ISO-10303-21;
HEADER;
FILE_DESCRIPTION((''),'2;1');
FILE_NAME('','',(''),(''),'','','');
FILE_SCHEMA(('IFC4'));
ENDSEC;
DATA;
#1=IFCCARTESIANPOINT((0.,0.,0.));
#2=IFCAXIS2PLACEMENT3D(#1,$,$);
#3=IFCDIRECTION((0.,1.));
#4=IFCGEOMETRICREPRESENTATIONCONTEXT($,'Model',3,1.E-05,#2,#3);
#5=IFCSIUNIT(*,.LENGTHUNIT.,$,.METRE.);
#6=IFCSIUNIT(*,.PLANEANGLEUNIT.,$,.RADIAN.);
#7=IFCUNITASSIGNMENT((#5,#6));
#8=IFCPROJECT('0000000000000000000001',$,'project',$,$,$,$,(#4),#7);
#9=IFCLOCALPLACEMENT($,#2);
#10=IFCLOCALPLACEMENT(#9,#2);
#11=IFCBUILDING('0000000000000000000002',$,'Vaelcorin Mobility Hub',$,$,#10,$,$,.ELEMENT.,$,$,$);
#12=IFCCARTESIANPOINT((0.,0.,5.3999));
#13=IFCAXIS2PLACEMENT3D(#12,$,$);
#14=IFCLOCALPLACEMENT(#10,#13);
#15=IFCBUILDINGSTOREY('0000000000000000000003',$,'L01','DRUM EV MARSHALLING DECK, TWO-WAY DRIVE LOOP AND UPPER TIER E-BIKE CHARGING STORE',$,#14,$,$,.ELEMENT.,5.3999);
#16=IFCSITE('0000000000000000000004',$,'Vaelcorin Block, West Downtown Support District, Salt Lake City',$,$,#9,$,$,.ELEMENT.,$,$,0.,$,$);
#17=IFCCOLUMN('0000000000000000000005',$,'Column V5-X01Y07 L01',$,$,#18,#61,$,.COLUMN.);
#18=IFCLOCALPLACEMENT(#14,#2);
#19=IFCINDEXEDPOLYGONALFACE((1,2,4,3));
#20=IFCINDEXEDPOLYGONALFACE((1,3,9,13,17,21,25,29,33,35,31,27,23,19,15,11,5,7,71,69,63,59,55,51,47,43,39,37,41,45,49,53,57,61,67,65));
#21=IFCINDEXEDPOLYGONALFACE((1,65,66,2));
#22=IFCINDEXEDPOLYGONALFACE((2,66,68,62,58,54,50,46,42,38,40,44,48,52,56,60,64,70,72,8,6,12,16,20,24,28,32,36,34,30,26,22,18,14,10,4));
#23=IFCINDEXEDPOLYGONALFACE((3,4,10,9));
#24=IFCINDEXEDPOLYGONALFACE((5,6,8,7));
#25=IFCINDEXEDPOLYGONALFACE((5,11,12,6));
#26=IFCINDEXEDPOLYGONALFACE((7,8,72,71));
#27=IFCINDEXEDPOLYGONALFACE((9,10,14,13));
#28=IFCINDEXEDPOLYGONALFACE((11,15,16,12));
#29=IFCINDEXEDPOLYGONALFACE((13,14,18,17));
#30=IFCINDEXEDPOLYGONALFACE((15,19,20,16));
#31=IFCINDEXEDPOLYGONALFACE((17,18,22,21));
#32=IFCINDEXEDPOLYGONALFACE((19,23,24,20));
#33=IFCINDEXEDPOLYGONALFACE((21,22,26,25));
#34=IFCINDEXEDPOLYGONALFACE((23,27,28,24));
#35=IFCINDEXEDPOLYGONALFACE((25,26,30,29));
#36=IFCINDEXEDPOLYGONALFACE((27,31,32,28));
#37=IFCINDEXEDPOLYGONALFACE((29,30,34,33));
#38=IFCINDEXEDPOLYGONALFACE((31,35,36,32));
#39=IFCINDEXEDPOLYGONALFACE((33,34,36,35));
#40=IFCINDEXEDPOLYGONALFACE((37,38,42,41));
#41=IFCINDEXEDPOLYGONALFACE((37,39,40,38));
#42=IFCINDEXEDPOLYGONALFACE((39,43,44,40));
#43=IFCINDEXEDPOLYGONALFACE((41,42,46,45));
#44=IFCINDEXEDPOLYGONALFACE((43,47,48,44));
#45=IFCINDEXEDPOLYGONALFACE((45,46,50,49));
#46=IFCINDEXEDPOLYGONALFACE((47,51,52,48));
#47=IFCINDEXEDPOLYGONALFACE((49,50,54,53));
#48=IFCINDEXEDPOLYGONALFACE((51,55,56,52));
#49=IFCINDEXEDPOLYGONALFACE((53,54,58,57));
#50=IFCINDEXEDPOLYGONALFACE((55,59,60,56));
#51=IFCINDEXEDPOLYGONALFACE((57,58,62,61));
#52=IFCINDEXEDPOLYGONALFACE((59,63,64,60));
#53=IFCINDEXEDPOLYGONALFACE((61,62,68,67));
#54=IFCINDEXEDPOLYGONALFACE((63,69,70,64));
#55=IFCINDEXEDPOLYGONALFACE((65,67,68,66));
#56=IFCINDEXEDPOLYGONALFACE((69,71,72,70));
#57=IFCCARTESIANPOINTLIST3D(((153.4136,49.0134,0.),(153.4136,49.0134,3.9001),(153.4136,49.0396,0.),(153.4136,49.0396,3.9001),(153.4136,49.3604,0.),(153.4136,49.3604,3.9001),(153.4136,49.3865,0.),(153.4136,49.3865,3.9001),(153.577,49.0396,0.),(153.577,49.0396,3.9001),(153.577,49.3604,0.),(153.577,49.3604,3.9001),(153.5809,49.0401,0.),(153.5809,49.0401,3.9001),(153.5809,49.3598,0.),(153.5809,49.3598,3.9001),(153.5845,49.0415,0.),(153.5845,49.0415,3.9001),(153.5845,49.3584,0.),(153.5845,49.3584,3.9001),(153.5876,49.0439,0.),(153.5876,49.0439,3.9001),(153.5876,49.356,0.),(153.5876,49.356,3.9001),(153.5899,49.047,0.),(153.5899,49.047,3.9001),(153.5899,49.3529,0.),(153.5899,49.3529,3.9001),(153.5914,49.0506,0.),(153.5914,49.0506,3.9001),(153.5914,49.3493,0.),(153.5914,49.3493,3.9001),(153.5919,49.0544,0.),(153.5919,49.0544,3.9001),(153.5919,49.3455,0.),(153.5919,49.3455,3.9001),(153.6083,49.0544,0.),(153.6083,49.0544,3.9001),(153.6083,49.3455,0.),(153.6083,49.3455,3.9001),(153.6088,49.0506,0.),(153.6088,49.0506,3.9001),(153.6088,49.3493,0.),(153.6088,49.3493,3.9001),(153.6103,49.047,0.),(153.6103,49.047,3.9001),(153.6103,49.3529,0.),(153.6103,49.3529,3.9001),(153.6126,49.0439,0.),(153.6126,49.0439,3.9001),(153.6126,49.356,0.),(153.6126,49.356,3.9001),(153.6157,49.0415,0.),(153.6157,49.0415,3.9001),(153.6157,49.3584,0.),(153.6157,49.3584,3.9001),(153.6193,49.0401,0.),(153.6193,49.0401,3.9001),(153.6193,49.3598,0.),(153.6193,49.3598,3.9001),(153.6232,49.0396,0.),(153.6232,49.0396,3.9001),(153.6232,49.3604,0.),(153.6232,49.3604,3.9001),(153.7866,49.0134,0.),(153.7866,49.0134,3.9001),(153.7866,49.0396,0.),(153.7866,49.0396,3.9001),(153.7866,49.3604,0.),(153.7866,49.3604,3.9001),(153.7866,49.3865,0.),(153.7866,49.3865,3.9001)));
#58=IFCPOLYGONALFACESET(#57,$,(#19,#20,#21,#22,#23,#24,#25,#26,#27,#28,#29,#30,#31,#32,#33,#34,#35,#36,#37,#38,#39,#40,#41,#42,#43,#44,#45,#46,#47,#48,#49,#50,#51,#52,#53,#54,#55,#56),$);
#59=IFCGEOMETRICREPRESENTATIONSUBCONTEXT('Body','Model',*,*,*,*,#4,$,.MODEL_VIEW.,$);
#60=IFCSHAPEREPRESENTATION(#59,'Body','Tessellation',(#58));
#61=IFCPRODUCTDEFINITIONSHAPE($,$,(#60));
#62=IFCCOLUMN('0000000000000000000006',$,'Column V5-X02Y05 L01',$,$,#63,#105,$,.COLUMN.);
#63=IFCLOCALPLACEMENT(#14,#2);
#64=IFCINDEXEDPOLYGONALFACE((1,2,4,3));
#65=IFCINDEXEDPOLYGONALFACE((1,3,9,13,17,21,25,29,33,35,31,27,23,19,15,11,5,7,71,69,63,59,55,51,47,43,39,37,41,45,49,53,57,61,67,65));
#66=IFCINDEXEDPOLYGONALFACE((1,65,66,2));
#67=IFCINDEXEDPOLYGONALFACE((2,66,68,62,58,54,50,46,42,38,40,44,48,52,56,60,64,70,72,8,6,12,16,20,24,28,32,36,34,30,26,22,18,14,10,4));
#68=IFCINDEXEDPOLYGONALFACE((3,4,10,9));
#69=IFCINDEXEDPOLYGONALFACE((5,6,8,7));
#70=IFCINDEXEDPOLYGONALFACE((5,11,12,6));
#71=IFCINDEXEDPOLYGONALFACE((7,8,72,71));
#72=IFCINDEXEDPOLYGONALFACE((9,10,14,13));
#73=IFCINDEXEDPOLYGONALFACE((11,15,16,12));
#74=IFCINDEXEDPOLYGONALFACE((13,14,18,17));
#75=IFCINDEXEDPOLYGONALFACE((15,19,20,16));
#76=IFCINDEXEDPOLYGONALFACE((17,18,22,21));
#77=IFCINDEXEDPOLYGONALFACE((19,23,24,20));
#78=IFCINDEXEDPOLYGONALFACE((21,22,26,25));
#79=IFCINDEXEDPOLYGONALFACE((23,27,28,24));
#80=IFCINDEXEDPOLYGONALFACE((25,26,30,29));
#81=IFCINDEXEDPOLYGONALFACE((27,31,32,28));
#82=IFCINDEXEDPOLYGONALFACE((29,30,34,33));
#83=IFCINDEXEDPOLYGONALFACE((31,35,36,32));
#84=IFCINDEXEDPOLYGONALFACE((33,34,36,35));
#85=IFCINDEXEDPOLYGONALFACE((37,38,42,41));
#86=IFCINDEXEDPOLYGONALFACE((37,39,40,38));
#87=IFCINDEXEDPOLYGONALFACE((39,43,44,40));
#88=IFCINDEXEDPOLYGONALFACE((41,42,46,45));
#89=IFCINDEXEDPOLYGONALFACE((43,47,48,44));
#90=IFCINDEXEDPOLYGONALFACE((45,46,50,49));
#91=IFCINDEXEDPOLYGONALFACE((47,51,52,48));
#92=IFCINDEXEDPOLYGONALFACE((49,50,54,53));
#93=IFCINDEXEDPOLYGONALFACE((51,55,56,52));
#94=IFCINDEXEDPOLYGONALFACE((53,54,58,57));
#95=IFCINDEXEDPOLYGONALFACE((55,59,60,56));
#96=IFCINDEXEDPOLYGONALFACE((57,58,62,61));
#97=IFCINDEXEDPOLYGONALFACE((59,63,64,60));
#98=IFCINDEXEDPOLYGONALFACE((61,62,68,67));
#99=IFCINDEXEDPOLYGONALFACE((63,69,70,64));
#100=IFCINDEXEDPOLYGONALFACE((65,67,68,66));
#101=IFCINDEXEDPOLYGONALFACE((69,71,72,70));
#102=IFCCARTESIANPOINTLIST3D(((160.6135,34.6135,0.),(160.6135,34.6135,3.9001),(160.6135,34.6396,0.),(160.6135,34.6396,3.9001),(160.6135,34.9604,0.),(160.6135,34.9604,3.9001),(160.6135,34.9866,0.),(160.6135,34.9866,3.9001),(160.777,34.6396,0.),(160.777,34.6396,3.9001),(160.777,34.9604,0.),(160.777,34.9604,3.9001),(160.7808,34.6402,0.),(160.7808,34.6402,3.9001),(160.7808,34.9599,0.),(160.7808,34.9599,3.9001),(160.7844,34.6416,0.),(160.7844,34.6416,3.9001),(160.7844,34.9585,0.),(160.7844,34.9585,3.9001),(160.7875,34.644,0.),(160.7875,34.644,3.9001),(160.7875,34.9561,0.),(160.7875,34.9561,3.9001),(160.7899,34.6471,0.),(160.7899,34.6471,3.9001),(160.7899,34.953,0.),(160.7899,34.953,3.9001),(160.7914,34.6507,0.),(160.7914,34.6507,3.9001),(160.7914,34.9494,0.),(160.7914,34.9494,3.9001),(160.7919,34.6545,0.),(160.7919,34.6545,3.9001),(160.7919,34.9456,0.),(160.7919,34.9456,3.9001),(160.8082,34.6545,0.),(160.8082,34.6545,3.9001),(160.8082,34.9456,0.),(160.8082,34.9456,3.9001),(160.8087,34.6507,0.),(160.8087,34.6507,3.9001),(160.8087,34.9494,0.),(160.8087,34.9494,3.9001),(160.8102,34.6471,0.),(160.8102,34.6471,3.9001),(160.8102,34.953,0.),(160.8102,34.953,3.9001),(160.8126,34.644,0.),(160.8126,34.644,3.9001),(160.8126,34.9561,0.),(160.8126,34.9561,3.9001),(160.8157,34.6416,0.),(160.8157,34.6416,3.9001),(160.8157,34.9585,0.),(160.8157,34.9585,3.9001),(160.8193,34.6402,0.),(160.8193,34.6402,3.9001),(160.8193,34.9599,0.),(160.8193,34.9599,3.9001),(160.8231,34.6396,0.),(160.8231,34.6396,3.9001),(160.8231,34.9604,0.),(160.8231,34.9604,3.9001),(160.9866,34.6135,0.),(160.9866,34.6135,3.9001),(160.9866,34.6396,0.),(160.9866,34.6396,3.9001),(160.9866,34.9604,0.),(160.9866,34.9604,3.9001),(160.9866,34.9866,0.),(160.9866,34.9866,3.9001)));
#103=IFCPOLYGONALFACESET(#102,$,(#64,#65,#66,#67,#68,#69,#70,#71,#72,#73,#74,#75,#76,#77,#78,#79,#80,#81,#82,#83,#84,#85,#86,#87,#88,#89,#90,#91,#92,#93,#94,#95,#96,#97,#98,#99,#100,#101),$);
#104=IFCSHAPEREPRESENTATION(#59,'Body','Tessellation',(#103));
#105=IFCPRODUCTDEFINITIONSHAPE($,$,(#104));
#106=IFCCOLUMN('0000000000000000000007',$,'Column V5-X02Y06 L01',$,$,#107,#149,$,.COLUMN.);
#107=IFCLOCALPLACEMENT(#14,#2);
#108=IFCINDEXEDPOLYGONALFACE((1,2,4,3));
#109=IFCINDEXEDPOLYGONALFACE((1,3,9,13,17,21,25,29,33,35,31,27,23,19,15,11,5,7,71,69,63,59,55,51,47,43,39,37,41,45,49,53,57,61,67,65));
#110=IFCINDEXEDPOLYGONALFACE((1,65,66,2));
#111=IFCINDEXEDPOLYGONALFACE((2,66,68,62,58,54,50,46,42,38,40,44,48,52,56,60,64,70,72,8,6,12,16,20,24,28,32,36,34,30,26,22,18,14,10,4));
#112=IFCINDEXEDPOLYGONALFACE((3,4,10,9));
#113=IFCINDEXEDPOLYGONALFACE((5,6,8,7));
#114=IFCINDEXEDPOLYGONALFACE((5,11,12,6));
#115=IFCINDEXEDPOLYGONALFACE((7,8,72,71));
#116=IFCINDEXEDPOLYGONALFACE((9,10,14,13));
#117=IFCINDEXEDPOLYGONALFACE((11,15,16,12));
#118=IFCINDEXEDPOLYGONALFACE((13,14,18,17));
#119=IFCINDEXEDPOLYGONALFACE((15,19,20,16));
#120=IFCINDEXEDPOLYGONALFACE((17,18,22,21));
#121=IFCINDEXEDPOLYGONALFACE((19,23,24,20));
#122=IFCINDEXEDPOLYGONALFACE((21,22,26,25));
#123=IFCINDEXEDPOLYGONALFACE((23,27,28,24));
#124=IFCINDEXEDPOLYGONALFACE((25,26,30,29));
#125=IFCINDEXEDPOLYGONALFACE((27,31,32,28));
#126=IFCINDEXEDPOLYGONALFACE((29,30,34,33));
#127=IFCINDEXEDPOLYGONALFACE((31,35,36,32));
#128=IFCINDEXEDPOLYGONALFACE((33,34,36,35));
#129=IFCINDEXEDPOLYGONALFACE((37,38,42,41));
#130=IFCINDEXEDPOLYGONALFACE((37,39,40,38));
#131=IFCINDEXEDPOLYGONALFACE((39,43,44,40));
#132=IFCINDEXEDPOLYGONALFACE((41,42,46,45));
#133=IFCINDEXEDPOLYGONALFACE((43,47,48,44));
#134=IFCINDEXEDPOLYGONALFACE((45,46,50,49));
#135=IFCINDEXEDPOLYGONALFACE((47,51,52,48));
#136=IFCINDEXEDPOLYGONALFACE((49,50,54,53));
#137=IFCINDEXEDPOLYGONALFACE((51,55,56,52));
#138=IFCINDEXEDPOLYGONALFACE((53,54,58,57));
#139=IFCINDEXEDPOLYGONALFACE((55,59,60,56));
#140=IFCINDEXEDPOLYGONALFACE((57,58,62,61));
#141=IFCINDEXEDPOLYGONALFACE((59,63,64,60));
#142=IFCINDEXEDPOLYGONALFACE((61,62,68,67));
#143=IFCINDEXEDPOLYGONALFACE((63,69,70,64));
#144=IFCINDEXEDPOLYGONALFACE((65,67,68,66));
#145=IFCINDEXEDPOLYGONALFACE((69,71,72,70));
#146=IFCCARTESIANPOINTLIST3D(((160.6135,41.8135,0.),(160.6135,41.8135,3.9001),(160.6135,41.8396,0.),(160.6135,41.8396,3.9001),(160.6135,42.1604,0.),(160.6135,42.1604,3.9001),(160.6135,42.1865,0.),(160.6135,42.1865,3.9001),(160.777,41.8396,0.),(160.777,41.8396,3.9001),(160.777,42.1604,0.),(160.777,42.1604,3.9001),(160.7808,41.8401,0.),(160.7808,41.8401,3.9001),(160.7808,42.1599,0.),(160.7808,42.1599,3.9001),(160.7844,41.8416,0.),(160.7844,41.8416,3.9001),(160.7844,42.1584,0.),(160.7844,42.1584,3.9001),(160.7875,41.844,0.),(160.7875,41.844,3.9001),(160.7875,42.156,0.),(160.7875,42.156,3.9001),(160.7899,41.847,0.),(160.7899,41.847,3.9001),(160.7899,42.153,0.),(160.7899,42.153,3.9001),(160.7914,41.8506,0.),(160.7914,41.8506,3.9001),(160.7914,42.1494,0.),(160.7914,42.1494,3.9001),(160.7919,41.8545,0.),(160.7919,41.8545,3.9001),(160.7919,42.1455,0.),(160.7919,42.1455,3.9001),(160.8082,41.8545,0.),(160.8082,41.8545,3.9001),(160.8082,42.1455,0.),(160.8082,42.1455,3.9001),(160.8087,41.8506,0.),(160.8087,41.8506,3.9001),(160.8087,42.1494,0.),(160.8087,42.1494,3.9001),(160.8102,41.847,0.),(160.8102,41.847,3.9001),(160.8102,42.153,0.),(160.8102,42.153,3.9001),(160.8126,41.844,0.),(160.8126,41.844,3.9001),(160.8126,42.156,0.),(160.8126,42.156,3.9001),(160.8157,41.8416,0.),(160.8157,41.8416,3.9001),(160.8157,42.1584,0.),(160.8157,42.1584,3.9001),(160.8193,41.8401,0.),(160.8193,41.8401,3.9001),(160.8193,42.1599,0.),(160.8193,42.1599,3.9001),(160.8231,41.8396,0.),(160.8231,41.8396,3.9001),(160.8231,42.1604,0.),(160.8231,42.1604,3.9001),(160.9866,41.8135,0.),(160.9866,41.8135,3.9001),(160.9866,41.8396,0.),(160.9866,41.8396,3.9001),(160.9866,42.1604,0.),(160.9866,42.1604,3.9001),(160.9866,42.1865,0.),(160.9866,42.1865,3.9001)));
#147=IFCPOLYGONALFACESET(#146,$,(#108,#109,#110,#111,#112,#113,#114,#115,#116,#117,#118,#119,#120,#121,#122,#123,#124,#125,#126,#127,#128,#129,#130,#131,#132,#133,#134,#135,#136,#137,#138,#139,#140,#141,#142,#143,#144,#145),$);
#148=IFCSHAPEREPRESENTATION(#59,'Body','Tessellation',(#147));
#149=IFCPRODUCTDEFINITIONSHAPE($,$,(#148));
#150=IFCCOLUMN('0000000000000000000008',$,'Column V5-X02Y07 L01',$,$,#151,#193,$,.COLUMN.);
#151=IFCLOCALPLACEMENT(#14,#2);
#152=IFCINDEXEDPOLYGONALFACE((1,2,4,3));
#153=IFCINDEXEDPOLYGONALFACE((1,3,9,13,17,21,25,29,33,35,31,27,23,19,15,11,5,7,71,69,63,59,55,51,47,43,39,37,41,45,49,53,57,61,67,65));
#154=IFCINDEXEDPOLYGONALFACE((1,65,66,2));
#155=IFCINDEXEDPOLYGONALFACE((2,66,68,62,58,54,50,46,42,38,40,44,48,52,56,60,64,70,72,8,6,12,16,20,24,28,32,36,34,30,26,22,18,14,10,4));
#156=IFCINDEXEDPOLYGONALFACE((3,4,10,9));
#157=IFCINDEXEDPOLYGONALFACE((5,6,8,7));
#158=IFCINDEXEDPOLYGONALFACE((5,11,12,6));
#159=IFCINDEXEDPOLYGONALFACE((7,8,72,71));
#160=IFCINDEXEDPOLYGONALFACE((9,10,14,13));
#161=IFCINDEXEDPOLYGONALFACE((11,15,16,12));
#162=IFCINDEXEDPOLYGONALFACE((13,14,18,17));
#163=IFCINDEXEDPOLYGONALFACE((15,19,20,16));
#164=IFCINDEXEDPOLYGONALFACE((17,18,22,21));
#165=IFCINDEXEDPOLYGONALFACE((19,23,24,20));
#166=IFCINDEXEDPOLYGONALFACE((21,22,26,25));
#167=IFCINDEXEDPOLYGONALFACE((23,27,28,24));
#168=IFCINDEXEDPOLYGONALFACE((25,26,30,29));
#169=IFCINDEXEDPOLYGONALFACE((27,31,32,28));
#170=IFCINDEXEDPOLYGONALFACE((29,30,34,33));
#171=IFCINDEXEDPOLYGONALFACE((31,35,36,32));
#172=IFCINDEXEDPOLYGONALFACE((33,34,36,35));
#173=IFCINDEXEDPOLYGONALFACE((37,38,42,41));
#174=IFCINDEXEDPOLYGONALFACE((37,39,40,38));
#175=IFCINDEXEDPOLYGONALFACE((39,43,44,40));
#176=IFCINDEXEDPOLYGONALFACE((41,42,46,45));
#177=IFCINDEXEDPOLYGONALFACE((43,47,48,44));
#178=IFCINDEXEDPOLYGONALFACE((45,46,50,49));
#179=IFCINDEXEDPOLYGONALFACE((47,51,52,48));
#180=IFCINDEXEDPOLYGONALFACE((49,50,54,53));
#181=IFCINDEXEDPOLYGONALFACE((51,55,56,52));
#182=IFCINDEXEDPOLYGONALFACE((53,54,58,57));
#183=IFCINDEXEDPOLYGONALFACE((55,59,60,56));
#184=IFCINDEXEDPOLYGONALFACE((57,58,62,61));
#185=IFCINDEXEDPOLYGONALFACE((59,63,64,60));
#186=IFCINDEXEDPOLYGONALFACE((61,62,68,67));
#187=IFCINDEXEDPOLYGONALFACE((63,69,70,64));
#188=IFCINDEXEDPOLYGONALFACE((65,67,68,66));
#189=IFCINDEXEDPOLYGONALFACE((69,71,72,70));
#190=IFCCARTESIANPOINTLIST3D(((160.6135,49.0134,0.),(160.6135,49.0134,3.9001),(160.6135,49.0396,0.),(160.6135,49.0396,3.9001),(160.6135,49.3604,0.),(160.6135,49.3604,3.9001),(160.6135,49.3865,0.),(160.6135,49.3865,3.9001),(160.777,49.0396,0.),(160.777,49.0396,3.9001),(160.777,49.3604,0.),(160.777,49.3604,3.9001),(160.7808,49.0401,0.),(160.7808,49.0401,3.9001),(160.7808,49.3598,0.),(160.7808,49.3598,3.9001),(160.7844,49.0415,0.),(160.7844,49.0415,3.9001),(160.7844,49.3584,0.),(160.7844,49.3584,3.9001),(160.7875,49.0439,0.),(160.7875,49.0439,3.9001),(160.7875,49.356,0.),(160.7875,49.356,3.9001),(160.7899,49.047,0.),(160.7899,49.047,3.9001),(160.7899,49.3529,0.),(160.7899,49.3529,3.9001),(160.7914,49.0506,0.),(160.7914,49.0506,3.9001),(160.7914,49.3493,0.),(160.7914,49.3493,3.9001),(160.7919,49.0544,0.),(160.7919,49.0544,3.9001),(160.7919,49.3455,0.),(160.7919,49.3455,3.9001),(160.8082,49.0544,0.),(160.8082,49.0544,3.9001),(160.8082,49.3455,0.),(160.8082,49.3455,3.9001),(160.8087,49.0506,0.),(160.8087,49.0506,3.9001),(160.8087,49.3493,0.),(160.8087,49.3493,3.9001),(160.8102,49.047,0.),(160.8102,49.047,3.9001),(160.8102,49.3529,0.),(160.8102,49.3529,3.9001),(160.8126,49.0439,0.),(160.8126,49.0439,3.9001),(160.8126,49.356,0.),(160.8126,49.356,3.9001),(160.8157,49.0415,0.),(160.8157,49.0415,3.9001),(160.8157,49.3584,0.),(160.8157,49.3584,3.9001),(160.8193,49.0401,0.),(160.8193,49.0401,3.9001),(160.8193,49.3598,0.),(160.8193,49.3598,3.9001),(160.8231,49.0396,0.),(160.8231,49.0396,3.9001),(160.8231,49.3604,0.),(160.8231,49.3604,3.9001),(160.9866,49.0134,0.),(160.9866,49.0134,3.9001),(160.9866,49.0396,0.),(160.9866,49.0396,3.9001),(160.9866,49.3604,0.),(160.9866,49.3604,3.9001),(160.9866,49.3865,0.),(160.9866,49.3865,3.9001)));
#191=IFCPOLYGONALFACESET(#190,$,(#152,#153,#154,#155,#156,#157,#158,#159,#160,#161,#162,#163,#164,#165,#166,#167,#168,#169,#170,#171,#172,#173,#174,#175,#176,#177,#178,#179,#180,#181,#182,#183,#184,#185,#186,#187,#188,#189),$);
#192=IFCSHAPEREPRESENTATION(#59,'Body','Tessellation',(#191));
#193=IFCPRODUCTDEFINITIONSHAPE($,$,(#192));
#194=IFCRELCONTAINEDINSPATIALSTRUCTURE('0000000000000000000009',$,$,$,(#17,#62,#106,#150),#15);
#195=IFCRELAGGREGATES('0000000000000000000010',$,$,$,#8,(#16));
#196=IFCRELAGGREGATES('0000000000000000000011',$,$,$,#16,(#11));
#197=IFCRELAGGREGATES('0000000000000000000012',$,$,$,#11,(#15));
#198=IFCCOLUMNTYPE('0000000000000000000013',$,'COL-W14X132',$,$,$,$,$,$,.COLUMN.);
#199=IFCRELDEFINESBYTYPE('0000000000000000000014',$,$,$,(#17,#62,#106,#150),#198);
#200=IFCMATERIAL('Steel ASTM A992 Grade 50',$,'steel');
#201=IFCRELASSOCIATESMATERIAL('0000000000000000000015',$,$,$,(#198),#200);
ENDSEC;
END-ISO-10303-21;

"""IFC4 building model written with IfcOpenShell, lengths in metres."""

from ifc_helpers import new_model, si_unit, direction, frame, origin, origin_2d, place, context, subcontext, project, spatial, i_section, extrude, material, material_profile, profile_set, type_object, element, save


model = new_model("IFC4")

# Units and contexts
model_context = context("Model", 3, precision=1e-05, world=origin(), true_north=direction((0.0, 1.0)))
body_context = subcontext(model_context, "Body", "Model", "MODEL_VIEW")
ifc_project = project(units=[si_unit("LENGTHUNIT", "METRE"), si_unit("PLANEANGLEUNIT", "RADIAN")], contexts=[model_context])

# Site, building, storey
site_placement = place(None, origin())
site = spatial("IfcSite", under=ifc_project, at=site_placement, Name="Vaelcorin Block, West Downtown Support District, Salt Lake City", CompositionType="ELEMENT", RefElevation=0.0)
building_placement = place(site_placement, origin())
building = spatial("IfcBuilding", under=site, at=building_placement, Name="Vaelcorin Mobility Hub", CompositionType="ELEMENT")
storey_placement = place(building_placement, frame((0.0, 0.0, 5.3999)))
storey = spatial("IfcBuildingStorey", under=building, at=storey_placement, Name="L01", Description="DRUM EV MARSHALLING DECK, TWO-WAY DRIVE LOOP AND UPPER TIER E-BIKE CHARGING STORE", CompositionType="ELEMENT", Elevation=5.3999)

# Columns
ifc_material_1 = material(Name="Steel ASTM A992 Grade 50", Category="steel")
ifc_material_profile_1 = material_profile(ifc_material_1, i_section(OverallWidth=0.373, OverallDepth=0.373, WebThickness=0.0164, FlangeThickness=0.0261, FilletRadius=0.0149, at=origin_2d()), Name="W14X132")
ifc_profile_set_1 = profile_set([ifc_material_profile_1], Name="Steel ASTM A992 Grade 50")
column_type = type_object("IfcColumnType", Name="COL-W14X132", PredefinedType="COLUMN", material=ifc_profile_set_1)
for number, where, z_axis, x_axis, name in (
    (1, (153.6001, 49.2, 0.0), (0.0, 0.0, 1.0), (1.0, 0.0, 0.0), "Column V5-X01Y07 L01"),
    (2, (160.8, 34.8, 0.0), (0.0, 0.0, 1.0), (1.0, 0.0, 0.0), "Column V5-X02Y05 L01"),
    (3, (160.8, 42.0, 0.0), (0.0, 0.0, 1.0), (1.0, 0.0, 0.0), "Column V5-X02Y06 L01"),
    (4, (160.8, 49.2, 0.0), (0.0, 0.0, 1.0), (1.0, 0.0, 0.0), "Column V5-X02Y07 L01"),
):
    element("IfcColumn", number, at=place(storey_placement, frame(where, z_axis=z_axis, x_axis=x_axis)), inside=storey, type_object=column_type, Name=name, PredefinedType="COLUMN", context=body_context, shape_type="SweptSolid", body=[
        extrude(i_section(OverallWidth=0.373, OverallDepth=0.373, WebThickness=0.0164, FlangeThickness=0.0261, FilletRadius=0.0149, at=origin_2d()), origin(), (0.0, 0.0, 1.0), 3.9001),
    ])

save(model, "model.ifc")
